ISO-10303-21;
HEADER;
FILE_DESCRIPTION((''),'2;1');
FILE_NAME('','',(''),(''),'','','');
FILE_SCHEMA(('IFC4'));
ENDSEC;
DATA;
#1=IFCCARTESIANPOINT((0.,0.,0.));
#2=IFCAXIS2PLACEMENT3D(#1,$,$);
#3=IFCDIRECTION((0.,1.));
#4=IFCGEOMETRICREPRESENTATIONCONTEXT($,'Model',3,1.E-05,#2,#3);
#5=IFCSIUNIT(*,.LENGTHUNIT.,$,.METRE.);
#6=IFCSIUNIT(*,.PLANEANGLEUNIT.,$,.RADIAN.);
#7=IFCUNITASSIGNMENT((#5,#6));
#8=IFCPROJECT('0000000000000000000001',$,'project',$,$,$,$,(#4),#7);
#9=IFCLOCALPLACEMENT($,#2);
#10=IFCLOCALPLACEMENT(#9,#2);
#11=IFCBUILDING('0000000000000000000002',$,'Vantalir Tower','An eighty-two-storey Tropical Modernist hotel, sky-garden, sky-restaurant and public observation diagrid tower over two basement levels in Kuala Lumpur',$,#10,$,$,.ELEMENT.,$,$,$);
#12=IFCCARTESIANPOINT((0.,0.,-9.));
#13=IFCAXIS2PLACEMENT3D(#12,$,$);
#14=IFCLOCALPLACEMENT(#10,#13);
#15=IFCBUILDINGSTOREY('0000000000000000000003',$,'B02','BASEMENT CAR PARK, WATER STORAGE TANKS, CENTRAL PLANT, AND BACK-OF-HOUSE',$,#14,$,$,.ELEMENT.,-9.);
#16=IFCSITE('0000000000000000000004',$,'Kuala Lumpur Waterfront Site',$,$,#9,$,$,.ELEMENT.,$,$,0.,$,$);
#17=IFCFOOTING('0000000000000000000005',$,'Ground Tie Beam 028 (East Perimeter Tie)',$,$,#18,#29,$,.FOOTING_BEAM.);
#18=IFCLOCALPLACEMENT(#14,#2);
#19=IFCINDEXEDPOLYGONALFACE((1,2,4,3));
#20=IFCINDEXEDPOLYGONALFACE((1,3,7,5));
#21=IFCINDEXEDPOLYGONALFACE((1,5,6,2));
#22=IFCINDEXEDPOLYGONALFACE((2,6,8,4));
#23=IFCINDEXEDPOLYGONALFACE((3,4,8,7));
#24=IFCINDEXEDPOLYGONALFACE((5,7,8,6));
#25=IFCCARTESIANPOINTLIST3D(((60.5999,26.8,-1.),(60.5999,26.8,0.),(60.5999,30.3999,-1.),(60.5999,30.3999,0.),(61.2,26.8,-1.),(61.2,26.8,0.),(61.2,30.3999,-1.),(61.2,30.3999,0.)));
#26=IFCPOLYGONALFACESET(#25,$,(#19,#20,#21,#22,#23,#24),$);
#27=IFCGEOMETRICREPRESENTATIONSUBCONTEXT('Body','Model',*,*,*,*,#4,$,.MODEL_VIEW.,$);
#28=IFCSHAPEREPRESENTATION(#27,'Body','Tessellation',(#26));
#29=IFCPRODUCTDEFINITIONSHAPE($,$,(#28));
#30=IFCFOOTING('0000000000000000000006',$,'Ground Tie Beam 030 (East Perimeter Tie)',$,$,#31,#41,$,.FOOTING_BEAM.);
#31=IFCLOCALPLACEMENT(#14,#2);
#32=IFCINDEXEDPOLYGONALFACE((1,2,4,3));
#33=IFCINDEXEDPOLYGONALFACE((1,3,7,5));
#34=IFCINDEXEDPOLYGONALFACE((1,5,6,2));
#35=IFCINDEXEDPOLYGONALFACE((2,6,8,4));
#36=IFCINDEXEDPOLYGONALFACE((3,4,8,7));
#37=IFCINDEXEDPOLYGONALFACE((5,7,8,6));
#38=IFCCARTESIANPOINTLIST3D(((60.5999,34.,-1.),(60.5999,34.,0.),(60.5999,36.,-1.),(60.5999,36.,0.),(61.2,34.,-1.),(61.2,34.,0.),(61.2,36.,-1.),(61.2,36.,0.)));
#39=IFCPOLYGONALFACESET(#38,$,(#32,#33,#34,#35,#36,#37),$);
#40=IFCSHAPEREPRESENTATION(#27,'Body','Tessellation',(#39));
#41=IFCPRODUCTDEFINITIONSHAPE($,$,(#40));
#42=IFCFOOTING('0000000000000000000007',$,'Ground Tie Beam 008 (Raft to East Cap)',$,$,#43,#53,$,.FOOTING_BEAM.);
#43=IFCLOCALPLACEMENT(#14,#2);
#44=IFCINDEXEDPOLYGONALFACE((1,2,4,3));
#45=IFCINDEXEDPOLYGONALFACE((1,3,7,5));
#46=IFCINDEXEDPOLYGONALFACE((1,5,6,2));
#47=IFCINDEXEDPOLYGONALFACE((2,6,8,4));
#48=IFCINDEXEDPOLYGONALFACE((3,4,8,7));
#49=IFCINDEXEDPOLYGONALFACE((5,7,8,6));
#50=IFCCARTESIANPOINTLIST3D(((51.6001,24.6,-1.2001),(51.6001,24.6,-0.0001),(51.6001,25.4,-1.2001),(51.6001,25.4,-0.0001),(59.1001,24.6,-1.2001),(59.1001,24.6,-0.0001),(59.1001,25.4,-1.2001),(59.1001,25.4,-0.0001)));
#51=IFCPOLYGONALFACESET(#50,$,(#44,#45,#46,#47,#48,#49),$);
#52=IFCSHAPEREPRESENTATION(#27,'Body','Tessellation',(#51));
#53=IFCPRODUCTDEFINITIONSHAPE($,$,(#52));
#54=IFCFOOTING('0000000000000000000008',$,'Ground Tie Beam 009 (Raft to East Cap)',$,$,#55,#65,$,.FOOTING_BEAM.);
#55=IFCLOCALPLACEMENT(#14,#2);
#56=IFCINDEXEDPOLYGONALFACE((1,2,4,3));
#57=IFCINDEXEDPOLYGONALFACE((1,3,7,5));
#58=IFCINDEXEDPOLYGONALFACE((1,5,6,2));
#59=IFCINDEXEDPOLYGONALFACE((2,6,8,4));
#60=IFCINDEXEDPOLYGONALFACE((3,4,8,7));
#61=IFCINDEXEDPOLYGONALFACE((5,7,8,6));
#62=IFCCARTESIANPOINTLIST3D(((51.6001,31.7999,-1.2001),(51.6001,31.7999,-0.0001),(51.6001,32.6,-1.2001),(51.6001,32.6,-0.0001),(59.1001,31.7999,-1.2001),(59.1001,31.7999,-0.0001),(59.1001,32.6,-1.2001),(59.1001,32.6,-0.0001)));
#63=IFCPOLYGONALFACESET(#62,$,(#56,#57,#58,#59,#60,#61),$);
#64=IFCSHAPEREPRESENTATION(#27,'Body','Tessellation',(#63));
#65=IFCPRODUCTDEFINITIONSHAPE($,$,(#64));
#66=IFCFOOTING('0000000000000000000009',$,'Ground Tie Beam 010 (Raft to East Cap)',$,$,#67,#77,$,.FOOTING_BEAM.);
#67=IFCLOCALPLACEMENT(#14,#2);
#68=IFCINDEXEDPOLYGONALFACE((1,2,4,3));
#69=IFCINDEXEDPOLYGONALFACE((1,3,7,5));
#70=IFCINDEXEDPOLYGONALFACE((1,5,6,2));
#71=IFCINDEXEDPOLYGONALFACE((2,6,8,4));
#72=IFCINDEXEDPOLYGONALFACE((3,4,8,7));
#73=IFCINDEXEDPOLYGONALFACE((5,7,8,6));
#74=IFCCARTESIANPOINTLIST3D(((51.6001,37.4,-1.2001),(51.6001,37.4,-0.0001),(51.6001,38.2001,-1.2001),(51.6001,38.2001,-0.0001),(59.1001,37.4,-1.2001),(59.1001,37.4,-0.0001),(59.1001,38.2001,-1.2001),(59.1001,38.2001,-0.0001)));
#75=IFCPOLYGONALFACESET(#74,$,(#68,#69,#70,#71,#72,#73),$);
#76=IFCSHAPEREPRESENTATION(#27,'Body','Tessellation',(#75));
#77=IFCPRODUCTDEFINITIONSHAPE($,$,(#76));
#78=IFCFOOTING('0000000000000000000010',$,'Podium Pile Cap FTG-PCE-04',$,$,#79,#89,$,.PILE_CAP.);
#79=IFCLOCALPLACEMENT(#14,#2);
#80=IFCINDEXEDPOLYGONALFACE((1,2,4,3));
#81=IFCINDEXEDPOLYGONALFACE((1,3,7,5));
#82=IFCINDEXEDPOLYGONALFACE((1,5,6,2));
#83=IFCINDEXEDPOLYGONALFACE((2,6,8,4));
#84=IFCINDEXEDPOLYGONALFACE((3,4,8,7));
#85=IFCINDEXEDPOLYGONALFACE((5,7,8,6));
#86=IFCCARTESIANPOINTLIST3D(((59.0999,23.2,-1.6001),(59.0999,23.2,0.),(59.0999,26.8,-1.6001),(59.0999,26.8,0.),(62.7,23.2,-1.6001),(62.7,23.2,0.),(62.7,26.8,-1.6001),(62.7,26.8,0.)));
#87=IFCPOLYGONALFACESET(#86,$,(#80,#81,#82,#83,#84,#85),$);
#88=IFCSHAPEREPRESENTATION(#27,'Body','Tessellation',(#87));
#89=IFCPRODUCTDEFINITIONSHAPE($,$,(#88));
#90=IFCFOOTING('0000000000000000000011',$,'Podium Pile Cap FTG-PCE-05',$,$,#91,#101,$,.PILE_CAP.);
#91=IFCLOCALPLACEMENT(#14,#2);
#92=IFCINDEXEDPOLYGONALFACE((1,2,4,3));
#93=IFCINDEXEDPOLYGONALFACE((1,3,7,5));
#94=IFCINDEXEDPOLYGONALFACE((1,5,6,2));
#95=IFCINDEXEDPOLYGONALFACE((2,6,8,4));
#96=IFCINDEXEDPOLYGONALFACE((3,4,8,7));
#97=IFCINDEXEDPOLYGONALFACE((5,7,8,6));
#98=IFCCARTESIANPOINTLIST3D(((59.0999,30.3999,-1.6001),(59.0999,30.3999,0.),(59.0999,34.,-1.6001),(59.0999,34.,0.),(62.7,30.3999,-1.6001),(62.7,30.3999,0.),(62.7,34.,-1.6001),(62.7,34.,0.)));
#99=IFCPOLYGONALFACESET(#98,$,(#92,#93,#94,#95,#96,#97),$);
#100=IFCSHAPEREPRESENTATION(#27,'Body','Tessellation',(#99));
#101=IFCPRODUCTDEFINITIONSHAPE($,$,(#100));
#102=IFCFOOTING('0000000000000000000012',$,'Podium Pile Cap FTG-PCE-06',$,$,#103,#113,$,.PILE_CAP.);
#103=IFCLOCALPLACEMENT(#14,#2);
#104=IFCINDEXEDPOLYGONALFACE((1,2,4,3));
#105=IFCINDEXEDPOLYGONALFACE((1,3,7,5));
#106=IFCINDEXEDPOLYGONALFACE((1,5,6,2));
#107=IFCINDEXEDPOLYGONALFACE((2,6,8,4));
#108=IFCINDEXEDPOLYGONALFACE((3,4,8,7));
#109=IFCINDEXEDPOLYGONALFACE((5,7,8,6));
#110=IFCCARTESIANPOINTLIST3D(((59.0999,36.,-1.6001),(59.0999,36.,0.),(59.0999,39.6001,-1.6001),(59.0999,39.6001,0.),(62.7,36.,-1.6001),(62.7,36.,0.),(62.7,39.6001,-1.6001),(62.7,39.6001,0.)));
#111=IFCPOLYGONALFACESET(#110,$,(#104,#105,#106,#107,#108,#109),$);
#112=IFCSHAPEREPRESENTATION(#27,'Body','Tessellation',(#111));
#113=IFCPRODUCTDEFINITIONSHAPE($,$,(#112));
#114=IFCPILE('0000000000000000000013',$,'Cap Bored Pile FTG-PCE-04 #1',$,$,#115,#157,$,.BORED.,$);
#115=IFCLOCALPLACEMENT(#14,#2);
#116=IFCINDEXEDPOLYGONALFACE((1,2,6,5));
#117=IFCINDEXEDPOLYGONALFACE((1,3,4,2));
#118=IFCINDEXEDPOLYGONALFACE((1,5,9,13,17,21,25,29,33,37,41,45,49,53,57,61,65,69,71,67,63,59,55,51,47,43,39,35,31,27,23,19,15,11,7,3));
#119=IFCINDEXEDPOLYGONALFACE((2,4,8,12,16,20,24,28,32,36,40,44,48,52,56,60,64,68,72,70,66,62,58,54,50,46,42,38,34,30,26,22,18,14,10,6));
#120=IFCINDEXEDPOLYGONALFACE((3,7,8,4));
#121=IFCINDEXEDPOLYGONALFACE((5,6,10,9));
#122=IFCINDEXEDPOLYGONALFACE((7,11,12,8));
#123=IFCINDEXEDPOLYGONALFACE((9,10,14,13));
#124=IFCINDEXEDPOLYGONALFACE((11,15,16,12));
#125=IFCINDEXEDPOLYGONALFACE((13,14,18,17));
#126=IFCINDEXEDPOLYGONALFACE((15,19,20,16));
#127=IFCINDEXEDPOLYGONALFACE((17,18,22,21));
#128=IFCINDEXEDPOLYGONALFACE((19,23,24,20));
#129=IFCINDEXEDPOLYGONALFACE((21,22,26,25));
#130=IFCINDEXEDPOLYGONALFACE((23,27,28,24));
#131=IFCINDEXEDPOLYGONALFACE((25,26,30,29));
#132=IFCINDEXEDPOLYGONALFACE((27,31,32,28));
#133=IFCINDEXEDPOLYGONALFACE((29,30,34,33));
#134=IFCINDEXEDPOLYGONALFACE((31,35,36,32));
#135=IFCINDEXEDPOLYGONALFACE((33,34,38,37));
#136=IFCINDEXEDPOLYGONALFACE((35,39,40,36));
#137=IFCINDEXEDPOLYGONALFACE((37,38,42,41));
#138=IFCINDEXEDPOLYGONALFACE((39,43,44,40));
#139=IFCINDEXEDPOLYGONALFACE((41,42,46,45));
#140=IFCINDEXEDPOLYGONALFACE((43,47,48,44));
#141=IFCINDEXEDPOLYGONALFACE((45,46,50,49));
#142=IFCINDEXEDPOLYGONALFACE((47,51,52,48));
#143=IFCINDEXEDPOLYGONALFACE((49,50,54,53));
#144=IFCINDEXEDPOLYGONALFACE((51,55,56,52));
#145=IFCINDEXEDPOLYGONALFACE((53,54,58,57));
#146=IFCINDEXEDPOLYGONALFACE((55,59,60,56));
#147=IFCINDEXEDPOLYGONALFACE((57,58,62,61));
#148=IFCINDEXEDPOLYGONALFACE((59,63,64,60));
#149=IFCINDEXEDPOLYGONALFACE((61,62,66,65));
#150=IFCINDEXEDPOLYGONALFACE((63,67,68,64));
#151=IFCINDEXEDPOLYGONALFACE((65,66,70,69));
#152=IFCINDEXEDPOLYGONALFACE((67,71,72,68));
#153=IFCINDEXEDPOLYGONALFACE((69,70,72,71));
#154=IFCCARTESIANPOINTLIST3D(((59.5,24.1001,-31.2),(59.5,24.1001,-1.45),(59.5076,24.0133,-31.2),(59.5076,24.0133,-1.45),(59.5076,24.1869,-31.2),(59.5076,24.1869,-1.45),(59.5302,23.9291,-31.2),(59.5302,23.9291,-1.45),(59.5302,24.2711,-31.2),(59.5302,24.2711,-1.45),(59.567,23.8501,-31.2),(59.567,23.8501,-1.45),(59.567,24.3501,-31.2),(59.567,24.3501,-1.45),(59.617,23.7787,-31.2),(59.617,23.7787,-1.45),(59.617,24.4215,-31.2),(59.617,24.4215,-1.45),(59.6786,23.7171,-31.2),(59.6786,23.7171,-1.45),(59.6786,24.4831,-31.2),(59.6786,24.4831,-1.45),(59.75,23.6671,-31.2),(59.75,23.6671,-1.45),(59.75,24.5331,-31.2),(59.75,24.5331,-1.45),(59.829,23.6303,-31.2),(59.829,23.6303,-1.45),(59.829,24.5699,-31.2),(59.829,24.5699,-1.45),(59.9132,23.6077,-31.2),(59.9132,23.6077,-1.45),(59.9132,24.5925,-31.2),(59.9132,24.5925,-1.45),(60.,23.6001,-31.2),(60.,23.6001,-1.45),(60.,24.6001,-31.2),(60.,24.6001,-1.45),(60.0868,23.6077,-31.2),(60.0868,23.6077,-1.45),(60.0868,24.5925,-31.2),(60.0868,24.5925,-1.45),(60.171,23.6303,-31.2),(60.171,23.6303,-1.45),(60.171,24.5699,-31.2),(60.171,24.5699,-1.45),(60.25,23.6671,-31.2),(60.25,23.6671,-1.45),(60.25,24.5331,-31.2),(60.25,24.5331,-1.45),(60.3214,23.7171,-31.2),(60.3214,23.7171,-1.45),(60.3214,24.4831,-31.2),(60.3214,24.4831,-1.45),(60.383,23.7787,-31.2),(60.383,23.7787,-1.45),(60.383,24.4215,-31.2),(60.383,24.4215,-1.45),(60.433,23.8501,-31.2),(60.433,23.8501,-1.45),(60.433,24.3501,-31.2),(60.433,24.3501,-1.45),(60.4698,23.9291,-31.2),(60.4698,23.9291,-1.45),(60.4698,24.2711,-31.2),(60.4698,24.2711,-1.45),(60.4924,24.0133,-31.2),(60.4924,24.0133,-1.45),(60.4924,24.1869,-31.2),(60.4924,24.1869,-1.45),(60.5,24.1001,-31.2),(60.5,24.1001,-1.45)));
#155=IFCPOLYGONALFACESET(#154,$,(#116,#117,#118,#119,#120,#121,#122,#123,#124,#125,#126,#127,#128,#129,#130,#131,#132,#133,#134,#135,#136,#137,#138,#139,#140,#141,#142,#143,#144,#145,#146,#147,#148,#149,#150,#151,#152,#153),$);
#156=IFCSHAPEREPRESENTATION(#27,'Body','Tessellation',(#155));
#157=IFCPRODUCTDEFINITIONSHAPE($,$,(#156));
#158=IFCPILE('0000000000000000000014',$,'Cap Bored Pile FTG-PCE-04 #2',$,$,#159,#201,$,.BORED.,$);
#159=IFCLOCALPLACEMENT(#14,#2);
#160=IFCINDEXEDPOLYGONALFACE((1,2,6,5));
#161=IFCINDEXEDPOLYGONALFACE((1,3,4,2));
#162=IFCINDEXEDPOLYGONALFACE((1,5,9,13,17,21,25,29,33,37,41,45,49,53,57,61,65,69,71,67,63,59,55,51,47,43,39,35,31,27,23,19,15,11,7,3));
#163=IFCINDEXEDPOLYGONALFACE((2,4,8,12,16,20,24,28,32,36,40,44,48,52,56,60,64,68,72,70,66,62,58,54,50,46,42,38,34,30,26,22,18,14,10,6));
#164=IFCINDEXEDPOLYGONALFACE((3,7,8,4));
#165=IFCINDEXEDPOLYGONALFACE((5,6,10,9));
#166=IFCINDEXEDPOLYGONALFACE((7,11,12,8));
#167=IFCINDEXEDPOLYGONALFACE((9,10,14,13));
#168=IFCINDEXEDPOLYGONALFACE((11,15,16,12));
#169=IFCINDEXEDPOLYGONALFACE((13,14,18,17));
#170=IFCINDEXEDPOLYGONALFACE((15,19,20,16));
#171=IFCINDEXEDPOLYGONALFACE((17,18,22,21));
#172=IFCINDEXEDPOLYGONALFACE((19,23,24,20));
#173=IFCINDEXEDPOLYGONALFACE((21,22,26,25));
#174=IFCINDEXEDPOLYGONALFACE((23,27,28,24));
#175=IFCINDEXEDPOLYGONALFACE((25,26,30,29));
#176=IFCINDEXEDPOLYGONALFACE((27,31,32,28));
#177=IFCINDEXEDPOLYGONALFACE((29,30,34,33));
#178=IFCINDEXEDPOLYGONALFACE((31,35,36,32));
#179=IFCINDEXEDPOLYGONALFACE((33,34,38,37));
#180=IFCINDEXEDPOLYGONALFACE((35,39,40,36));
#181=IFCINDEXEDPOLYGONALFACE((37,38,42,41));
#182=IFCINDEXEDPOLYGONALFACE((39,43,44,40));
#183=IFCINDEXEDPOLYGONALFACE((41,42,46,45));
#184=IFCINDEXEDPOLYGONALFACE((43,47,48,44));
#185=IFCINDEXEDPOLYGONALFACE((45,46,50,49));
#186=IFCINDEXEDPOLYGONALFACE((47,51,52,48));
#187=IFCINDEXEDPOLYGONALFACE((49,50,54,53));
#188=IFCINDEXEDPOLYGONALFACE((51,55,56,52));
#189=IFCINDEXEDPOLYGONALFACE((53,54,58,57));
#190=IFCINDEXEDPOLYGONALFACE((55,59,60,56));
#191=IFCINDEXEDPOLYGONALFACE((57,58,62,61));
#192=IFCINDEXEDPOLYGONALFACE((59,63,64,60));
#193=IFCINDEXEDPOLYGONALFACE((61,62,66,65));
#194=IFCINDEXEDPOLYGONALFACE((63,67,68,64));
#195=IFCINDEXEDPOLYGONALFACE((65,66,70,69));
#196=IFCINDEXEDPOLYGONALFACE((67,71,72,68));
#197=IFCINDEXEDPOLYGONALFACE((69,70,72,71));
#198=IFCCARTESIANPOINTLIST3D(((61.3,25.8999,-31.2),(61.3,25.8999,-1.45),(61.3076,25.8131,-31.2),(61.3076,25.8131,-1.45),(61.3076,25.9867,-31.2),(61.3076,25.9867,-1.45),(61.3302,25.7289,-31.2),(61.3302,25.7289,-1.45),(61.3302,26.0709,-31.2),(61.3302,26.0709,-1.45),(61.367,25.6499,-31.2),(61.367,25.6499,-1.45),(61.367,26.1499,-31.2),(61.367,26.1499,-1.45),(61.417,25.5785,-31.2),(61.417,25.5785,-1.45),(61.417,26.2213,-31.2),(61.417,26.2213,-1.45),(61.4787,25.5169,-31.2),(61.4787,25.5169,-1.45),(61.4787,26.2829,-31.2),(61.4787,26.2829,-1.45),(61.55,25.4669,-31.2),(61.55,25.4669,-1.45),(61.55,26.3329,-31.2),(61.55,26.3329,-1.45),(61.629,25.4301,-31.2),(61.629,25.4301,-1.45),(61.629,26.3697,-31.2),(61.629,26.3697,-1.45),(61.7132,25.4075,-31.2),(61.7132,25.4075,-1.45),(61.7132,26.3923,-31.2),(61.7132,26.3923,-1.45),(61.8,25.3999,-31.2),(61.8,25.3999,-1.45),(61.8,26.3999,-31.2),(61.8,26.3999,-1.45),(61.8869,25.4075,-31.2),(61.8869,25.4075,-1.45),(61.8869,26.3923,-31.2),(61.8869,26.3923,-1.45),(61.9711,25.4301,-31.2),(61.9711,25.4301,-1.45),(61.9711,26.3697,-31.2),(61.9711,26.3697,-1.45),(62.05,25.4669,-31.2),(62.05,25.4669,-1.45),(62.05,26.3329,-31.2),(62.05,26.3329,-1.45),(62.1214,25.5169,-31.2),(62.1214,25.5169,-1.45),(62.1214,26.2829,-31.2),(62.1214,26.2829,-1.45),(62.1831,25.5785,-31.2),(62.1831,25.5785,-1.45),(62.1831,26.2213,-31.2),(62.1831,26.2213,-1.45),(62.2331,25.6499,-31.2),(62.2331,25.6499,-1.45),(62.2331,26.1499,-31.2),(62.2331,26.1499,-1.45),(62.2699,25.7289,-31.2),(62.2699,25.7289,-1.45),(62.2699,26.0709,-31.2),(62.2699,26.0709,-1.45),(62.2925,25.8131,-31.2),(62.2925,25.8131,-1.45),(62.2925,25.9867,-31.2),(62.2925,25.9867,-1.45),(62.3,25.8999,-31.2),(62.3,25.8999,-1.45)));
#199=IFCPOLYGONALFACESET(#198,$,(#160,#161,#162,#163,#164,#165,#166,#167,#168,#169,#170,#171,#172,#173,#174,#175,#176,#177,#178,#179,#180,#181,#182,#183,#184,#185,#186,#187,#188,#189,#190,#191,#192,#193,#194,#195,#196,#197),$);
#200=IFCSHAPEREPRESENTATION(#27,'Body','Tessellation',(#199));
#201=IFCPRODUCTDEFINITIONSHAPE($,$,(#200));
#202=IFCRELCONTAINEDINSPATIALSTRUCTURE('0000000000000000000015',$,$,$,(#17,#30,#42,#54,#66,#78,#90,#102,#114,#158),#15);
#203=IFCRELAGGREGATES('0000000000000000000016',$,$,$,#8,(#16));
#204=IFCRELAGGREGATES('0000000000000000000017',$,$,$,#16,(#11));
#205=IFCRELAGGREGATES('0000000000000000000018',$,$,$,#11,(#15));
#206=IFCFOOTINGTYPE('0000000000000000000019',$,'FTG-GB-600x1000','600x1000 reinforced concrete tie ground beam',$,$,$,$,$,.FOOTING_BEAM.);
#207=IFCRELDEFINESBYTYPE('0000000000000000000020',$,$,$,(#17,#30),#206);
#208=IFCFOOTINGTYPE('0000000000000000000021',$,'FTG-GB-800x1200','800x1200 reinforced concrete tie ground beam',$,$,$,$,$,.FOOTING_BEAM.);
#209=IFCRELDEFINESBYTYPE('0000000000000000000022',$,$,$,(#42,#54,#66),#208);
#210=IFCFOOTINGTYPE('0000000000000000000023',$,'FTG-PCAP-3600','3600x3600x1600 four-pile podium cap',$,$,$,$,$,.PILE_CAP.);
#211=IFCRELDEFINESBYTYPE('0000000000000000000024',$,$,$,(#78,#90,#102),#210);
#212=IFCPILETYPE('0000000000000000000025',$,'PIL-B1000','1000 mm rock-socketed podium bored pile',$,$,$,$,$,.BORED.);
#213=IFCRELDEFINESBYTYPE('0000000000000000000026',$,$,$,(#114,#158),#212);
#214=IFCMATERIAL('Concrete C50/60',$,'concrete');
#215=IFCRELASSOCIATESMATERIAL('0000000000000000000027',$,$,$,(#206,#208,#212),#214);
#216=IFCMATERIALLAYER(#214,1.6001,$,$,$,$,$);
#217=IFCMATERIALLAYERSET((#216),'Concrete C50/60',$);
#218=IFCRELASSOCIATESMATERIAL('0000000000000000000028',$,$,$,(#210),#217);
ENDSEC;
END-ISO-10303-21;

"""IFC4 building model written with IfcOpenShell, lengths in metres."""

from ifc_helpers import new_model, si_unit, direction, frame, origin, origin_2d, place, context, subcontext, project, spatial, rectangle, circle, extrude, material, layer, layer_set, material_profile, profile_set, type_object, element, save


model = new_model("IFC4")

# Units and contexts
model_context = context("Model", 3, precision=1e-05, world=origin(), true_north=direction((0.0, 1.0)))
body_context = subcontext(model_context, "Body", "Model", "MODEL_VIEW")
ifc_project = project(units=[si_unit("LENGTHUNIT", "METRE"), si_unit("PLANEANGLEUNIT", "RADIAN")], contexts=[model_context])

# Site, building, storey
site_placement = place(None, origin())
site = spatial("IfcSite", under=ifc_project, at=site_placement, Name="Kuala Lumpur Waterfront Site", CompositionType="ELEMENT", RefElevation=0.0)
building_placement = place(site_placement, origin())
building = spatial("IfcBuilding", under=site, at=building_placement, Name="Vantalir Tower", Description="An eighty-two-storey Tropical Modernist hotel, sky-garden, sky-restaurant and public observation diagrid tower over two basement levels in Kuala Lumpur", CompositionType="ELEMENT")
storey_placement = place(building_placement, frame((0.0, 0.0, -9.0)))
storey = spatial("IfcBuildingStorey", under=building, at=storey_placement, Name="B02", Description="BASEMENT CAR PARK, WATER STORAGE TANKS, CENTRAL PLANT, AND BACK-OF-HOUSE", CompositionType="ELEMENT", Elevation=-9.0)

# Footings
ifc_material_1 = material(Name="Concrete C50/60", Category="concrete")
ifc_material_profile_1 = material_profile(ifc_material_1, rectangle(XDim=0.6001, YDim=1.0, at=origin_2d()), Name="Concrete C50/60")
ifc_profile_set_1 = profile_set([ifc_material_profile_1], Name="Concrete C50/60")
footing_type_1 = type_object("IfcFootingType", Name="FTG-GB-600x1000", Description="600x1000 reinforced concrete tie ground beam", PredefinedType="FOOTING_BEAM", material=ifc_profile_set_1)
footing_1_placement = place(storey_placement, frame((60.8999, 26.8, -0.5), z_axis=(0.0, 1.0, 0.0), x_axis=(-1.0, 0.0, 0.0)))
element("IfcFooting", 1, at=footing_1_placement, inside=storey, type_object=footing_type_1, Name="Ground Tie Beam 028 (East Perimeter Tie)", PredefinedType="FOOTING_BEAM", context=body_context, shape_type="SweptSolid", body=[
    extrude(rectangle(XDim=0.6001, YDim=1.0, at=origin_2d()), origin(), (0.0, 0.0, 1.0), 3.5999),
])
footing_2_placement = place(storey_placement, frame((60.8999, 34.0, -0.5), z_axis=(0.0, 1.0, 0.0), x_axis=(-1.0, 0.0, 0.0)))
element("IfcFooting", 2, at=footing_2_placement, inside=storey, type_object=footing_type_1, Name="Ground Tie Beam 030 (East Perimeter Tie)", PredefinedType="FOOTING_BEAM", context=body_context, shape_type="SweptSolid", body=[
    extrude(rectangle(XDim=0.6001, YDim=1.0, at=origin_2d()), origin(), (0.0, 0.0, 1.0), 2.0),
])
ifc_material_profile_2 = material_profile(ifc_material_1, rectangle(XDim=0.8, YDim=1.2, at=origin_2d()), Name="Concrete C50/60")
ifc_profile_set_2 = profile_set([ifc_material_profile_2], Name="Concrete C50/60")
footing_type_2 = type_object("IfcFootingType", Name="FTG-GB-800x1200", Description="800x1200 reinforced concrete tie ground beam", PredefinedType="FOOTING_BEAM", material=ifc_profile_set_2)
for number, where, z_axis, x_axis, name in (
    (3, (51.6001, 25.0, -0.6001), (1.0, 0.0, 0.0), (0.0, 1.0, 0.0), "Ground Tie Beam 008 (Raft to East Cap)"),
    (4, (51.6001, 32.2, -0.6001), (1.0, 0.0, 0.0), (0.0, 1.0, 0.0), "Ground Tie Beam 009 (Raft to East Cap)"),
    (5, (51.6001, 37.8, -0.6001), (1.0, 0.0, 0.0), (0.0, 1.0, 0.0), "Ground Tie Beam 010 (Raft to East Cap)"),
):
    element("IfcFooting", number, at=place(storey_placement, frame(where, z_axis=z_axis, x_axis=x_axis)), inside=storey, type_object=footing_type_2, Name=name, PredefinedType="FOOTING_BEAM", context=body_context, shape_type="SweptSolid", body=[
        extrude(rectangle(XDim=0.8, YDim=1.2, at=origin_2d()), origin(), (0.0, 0.0, 1.0), 7.5),
    ])
ifc_layer_1 = layer(ifc_material_1, 1.6001)
ifc_layer_set_1 = layer_set([ifc_layer_1], Name="Concrete C50/60")
footing_type_3 = type_object("IfcFootingType", Name="FTG-PCAP-3600", Description="3600x3600x1600 four-pile podium cap", PredefinedType="PILE_CAP", material=ifc_layer_set_1)
for number, where, z_axis, x_axis, name in (
    (6, (60.8999, 25.0, -1.6001), (0.0, 0.0, 1.0), (1.0, 0.0, 0.0), "Podium Pile Cap FTG-PCE-04"),
    (7, (60.8999, 32.2, -1.6001), (0.0, 0.0, 1.0), (1.0, 0.0, 0.0), "Podium Pile Cap FTG-PCE-05"),
    (8, (60.8999, 37.8, -1.6001), (0.0, 0.0, 1.0), (1.0, 0.0, 0.0), "Podium Pile Cap FTG-PCE-06"),
):
    element("IfcFooting", number, at=place(storey_placement, frame(where, z_axis=z_axis, x_axis=x_axis)), inside=storey, type_object=footing_type_3, Name=name, PredefinedType="PILE_CAP", context=body_context, shape_type="SweptSolid", body=[
        extrude(rectangle(XDim=3.6001, YDim=3.6001, at=origin_2d()), origin(), (0.0, 0.0, 1.0), 1.6001),
    ])

# Piles
ifc_material_profile_3 = material_profile(ifc_material_1, circle(Radius=0.5, at=origin_2d()), Name="Concrete C50/60")
ifc_profile_set_3 = profile_set([ifc_material_profile_3], Name="Concrete C50/60")
pile_type_1 = type_object("IfcPileType", Name="PIL-B1000", Description="1000 mm rock-socketed podium bored pile", PredefinedType="BORED", material=ifc_profile_set_3)
for number, where, z_axis, x_axis, name in (
    (9, (60.0, 24.1001, -1.45), (0.0, 0.0, -1.0), (1.0, 0.0, 0.0), "Cap Bored Pile FTG-PCE-04 #1"),
    (10, (61.8, 25.8999, -1.45), (0.0, 0.0, -1.0), (1.0, 0.0, 0.0), "Cap Bored Pile FTG-PCE-04 #2"),
):
    element("IfcPile", number, at=place(storey_placement, frame(where, z_axis=z_axis, x_axis=x_axis)), inside=storey, type_object=pile_type_1, Name=name, PredefinedType="BORED", context=body_context, shape_type="SweptSolid", body=[
        extrude(circle(Radius=0.5, at=origin_2d()), origin(), (0.0, 0.0, 1.0), 29.75),
    ])

save(model, "model.ifc")
